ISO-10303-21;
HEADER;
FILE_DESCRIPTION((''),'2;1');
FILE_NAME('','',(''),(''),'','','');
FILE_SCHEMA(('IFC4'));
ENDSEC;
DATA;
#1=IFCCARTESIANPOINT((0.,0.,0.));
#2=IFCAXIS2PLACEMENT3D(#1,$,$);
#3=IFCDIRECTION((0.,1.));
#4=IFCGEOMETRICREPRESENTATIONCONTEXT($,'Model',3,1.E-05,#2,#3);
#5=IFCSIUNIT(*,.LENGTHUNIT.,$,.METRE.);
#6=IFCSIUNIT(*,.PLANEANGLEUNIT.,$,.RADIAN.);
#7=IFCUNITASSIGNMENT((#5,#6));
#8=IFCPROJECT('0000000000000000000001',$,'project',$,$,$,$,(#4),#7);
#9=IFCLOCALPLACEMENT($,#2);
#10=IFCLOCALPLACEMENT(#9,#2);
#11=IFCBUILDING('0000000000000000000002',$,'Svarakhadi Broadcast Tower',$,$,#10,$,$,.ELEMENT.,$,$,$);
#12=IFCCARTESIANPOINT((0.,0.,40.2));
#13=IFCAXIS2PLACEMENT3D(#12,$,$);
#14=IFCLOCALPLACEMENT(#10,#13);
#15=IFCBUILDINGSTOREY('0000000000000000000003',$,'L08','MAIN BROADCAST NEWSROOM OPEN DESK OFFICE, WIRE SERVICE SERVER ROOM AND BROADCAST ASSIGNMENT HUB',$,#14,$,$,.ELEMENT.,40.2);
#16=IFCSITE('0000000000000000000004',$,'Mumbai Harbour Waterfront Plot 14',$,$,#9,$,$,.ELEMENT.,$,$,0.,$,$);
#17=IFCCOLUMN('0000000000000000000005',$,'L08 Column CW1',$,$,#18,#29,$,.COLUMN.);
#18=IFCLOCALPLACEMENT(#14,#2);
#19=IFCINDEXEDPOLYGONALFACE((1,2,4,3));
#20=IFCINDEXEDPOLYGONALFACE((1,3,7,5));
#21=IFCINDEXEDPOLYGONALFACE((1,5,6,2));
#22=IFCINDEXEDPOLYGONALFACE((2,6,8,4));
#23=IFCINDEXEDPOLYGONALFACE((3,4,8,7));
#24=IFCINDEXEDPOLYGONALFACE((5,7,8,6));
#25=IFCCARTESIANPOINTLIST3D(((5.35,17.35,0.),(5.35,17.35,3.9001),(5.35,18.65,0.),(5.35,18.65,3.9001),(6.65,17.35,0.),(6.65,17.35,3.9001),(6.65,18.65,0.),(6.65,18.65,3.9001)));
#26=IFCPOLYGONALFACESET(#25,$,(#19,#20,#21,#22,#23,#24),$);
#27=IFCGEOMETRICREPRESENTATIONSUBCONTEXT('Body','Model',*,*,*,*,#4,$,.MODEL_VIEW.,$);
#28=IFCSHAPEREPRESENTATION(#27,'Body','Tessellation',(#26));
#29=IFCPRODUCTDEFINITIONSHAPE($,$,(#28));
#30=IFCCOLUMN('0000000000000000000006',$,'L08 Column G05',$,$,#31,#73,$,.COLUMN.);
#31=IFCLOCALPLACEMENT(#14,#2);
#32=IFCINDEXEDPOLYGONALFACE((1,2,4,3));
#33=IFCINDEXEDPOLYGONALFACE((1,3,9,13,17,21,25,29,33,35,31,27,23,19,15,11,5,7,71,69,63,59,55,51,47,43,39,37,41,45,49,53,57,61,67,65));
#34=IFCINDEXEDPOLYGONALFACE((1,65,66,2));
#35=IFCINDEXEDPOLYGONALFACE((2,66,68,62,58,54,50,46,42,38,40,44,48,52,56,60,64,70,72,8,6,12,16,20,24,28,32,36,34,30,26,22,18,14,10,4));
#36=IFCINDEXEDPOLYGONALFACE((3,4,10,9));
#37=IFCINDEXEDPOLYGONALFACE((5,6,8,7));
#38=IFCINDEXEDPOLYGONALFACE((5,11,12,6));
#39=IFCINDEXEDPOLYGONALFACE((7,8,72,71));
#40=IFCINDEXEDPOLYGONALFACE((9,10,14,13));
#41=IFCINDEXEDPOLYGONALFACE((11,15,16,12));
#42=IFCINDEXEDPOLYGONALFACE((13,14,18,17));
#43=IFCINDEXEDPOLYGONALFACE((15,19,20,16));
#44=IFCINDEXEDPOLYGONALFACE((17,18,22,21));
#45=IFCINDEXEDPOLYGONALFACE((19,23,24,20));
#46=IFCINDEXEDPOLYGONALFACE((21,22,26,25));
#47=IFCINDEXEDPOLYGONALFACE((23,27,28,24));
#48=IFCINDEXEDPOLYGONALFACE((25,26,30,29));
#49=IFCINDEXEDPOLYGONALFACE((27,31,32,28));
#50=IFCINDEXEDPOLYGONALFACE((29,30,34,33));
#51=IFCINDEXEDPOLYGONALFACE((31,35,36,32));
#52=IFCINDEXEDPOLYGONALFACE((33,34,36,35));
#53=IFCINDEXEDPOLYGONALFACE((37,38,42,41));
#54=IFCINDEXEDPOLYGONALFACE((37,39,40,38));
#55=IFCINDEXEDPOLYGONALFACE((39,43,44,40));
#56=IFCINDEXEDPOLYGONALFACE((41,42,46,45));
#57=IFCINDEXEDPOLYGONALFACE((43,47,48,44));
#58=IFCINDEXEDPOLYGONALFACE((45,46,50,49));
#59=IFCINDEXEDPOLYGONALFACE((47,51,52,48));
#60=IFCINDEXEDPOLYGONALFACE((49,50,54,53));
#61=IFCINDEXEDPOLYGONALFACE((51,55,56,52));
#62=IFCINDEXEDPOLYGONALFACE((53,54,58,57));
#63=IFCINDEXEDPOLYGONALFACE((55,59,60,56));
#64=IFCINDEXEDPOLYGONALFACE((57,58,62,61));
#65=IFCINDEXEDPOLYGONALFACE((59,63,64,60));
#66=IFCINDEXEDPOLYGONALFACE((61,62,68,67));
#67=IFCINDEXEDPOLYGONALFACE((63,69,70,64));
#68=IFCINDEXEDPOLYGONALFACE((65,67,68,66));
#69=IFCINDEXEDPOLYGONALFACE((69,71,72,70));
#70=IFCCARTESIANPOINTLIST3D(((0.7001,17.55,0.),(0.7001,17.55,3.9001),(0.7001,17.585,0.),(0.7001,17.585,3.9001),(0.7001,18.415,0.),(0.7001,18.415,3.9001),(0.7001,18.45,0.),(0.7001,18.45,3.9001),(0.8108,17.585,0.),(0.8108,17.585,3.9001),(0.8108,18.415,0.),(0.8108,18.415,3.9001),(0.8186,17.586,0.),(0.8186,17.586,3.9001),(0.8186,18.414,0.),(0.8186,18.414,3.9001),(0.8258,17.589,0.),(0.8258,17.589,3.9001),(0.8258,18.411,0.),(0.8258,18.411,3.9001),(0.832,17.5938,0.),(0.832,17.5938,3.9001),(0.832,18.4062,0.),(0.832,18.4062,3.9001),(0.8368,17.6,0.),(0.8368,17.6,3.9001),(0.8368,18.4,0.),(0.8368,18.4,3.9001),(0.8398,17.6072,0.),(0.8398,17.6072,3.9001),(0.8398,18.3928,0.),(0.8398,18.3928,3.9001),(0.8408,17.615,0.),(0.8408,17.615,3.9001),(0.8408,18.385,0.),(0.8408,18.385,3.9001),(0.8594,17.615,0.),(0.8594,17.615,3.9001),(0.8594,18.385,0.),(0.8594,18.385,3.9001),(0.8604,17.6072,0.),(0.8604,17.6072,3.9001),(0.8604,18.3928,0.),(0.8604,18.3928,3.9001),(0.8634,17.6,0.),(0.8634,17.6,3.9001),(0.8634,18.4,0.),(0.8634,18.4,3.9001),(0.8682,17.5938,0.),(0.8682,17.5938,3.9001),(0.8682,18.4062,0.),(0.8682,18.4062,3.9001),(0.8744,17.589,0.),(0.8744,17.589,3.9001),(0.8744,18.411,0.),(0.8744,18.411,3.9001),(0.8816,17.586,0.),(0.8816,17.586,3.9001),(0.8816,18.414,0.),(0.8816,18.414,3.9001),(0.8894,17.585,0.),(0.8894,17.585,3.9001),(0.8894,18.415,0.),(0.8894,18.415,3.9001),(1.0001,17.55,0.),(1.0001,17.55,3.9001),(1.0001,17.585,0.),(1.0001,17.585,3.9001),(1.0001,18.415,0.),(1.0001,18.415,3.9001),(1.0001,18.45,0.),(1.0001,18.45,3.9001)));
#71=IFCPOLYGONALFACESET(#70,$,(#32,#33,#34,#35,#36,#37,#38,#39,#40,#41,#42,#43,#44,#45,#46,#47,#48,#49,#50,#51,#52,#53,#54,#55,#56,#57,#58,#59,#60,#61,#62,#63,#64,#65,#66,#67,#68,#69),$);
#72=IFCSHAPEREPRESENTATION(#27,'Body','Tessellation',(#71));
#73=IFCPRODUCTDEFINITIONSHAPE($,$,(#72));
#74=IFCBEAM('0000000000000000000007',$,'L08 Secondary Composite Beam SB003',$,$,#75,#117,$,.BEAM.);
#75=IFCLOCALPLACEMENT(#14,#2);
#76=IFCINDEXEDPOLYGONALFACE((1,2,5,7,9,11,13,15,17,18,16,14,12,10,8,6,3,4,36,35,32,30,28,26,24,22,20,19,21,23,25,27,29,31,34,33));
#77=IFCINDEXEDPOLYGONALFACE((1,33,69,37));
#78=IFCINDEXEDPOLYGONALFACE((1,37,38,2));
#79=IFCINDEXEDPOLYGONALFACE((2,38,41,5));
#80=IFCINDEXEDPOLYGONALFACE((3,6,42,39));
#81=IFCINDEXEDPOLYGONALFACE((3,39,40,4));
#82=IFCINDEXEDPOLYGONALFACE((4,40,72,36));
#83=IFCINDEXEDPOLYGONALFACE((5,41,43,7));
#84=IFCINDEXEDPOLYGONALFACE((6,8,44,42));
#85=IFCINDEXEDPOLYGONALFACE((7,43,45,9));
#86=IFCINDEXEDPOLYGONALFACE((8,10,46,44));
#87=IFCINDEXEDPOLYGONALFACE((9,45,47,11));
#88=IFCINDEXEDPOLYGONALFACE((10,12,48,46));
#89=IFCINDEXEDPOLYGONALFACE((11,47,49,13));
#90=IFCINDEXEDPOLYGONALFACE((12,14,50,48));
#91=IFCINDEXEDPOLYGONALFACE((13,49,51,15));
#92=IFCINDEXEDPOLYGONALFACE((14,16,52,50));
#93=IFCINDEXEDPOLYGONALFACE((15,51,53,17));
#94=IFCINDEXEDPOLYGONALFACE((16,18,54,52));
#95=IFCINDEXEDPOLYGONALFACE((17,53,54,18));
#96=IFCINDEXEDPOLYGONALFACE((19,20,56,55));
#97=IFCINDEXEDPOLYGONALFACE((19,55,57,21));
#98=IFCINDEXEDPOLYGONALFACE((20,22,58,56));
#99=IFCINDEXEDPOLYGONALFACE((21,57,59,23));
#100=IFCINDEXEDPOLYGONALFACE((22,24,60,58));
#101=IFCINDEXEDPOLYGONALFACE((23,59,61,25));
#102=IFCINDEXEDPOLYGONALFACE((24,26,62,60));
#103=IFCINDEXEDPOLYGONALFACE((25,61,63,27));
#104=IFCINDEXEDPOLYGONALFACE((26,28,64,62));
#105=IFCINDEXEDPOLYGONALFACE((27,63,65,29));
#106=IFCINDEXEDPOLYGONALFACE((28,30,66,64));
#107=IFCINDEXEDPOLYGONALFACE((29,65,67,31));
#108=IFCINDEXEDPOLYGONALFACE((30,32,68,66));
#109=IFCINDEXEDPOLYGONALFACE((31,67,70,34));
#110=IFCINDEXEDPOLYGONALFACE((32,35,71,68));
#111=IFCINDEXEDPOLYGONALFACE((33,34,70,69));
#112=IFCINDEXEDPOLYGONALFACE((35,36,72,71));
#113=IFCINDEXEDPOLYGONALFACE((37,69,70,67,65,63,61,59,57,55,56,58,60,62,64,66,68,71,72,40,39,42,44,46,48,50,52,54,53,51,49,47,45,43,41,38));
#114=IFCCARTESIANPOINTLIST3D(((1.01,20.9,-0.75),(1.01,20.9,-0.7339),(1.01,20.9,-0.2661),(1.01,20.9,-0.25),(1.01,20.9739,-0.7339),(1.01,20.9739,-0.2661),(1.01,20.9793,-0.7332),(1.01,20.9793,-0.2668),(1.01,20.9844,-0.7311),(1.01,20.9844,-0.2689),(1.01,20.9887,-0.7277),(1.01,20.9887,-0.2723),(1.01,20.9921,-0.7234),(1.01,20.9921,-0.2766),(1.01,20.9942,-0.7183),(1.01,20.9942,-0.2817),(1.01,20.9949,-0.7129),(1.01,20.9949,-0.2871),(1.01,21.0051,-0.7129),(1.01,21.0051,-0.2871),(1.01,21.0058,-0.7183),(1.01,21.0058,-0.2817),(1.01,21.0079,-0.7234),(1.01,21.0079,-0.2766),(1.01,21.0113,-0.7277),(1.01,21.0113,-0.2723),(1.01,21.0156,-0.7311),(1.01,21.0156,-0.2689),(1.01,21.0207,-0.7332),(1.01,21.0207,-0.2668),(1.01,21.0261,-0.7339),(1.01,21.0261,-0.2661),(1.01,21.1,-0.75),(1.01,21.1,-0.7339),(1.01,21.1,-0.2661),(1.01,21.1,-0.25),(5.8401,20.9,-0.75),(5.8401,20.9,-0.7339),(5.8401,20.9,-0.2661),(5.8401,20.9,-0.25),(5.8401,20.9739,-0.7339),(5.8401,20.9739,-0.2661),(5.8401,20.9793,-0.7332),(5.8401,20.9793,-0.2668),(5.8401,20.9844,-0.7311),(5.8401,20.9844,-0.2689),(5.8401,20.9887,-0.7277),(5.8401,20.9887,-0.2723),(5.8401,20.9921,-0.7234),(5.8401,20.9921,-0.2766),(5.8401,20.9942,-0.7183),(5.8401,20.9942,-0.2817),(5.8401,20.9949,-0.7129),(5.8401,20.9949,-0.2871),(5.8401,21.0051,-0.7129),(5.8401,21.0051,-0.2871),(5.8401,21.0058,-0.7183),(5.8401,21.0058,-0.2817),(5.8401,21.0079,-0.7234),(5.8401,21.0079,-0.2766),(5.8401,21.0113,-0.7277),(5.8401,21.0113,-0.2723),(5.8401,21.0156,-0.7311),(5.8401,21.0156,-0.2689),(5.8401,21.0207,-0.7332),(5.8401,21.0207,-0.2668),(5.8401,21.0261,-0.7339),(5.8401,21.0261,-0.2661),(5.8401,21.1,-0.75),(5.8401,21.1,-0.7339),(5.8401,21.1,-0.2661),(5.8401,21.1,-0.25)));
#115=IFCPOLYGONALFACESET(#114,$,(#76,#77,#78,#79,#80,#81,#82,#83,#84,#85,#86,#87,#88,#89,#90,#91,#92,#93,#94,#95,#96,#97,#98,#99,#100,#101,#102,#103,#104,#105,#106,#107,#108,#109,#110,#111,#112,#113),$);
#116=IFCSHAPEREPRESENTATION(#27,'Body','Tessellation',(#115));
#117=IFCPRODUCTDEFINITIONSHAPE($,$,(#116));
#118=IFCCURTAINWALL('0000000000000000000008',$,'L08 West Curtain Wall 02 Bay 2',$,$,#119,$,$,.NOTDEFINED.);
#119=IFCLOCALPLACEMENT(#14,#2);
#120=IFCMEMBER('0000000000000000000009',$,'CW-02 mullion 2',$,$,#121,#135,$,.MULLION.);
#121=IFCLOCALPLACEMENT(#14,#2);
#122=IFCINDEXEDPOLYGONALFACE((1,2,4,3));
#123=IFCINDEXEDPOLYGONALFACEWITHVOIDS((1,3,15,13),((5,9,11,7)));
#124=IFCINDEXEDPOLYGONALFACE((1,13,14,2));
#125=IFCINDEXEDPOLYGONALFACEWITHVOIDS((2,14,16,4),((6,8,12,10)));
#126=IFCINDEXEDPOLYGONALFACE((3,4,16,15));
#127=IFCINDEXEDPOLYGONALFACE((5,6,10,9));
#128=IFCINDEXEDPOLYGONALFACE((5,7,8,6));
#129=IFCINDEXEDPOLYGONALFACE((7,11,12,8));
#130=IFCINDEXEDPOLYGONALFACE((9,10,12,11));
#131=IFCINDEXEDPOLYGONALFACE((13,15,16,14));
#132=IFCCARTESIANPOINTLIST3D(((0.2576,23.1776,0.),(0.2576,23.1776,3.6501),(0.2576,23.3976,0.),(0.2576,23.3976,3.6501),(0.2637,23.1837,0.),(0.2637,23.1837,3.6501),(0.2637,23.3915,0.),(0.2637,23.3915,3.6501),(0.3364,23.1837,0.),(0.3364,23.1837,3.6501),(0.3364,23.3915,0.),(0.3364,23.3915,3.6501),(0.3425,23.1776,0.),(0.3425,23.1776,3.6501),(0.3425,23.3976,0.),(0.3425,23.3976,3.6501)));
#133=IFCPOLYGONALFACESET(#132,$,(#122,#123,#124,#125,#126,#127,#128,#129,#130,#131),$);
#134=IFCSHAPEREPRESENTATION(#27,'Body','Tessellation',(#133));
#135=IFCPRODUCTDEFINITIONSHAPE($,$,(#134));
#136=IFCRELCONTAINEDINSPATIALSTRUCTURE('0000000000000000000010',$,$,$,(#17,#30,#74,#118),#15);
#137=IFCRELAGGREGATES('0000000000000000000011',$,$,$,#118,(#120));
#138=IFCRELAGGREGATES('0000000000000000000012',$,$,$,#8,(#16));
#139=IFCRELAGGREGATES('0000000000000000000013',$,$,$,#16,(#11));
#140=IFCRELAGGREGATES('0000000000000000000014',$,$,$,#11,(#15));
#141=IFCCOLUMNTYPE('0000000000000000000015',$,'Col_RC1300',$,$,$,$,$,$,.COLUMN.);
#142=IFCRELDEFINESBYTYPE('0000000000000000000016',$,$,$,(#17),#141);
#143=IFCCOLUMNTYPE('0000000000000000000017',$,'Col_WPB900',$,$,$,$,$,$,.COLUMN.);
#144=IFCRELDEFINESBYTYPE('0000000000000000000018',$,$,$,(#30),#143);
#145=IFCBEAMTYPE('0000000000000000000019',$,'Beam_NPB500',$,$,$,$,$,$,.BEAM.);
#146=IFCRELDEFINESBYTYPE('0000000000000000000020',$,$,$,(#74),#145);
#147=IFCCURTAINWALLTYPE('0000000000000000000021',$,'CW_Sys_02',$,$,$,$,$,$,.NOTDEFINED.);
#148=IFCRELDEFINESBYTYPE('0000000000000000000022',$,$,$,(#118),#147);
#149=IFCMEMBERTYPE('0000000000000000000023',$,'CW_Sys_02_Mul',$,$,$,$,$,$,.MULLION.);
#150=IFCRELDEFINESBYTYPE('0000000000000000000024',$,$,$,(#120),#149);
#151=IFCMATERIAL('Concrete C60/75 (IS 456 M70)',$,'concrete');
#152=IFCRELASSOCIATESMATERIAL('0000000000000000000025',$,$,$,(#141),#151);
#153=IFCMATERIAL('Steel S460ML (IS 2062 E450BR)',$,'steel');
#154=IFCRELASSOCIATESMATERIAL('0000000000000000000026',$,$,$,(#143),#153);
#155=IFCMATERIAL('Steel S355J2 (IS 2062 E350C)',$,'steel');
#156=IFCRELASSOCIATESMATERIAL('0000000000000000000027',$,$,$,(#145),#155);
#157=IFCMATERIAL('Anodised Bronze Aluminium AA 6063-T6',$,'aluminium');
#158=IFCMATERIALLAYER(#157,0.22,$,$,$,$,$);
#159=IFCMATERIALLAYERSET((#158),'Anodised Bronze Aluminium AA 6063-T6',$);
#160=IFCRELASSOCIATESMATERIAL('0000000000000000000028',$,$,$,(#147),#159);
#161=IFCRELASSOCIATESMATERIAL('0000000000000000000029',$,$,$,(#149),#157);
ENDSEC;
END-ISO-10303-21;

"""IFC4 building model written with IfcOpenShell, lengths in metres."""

from ifc_helpers import new_model, si_unit, direction, frame, origin, origin_2d, place, context, subcontext, project, spatial, rectangle, hollow_rectangle, i_section, extrude, material, layer, layer_set, material_profile, profile_set, type_object, element, aggregate, save


model = new_model("IFC4")

# Units and contexts
model_context = context("Model", 3, precision=1e-05, world=origin(), true_north=direction((0.0, 1.0)))
body_context = subcontext(model_context, "Body", "Model", "MODEL_VIEW")
ifc_project = project(units=[si_unit("LENGTHUNIT", "METRE"), si_unit("PLANEANGLEUNIT", "RADIAN")], contexts=[model_context])

# Site, building, storey
site_placement = place(None, origin())
site = spatial("IfcSite", under=ifc_project, at=site_placement, Name="Mumbai Harbour Waterfront Plot 14", CompositionType="ELEMENT", RefElevation=0.0)
building_placement = place(site_placement, origin())
building = spatial("IfcBuilding", under=site, at=building_placement, Name="Svarakhadi Broadcast Tower", CompositionType="ELEMENT")
storey_placement = place(building_placement, frame((0.0, 0.0, 40.2)))
storey = spatial("IfcBuildingStorey", under=building, at=storey_placement, Name="L08", Description="MAIN BROADCAST NEWSROOM OPEN DESK OFFICE, WIRE SERVICE SERVER ROOM AND BROADCAST ASSIGNMENT HUB", CompositionType="ELEMENT", Elevation=40.2)

# Columns
ifc_material_1 = material(Name="Concrete C60/75 (IS 456 M70)", Category="concrete")
ifc_material_profile_1 = material_profile(ifc_material_1, rectangle(XDim=1.3, YDim=1.3, at=origin_2d()), Name="RC 1300x1300")
ifc_profile_set_1 = profile_set([ifc_material_profile_1], Name="Concrete C60/75 (IS 456 M70)")
column_type_1 = type_object("IfcColumnType", Name="Col_RC1300", PredefinedType="COLUMN", material=ifc_profile_set_1)
column_1_placement = place(storey_placement, frame((6.0, 18.0, 0.0), z_axis=(0.0, 0.0, 1.0), x_axis=(1.0, 0.0, 0.0)))
element("IfcColumn", 1, at=column_1_placement, inside=storey, type_object=column_type_1, Name="L08 Column CW1", PredefinedType="COLUMN", context=body_context, shape_type="SweptSolid", body=[
    extrude(rectangle(XDim=1.3, YDim=1.3, at=origin_2d()), origin(), (0.0, 0.0, 1.0), 3.9001),
])
ifc_material_2 = material(Name="Steel S460ML (IS 2062 E450BR)", Category="steel")
ifc_material_profile_2 = material_profile(ifc_material_2, i_section(OverallWidth=0.3, OverallDepth=0.8999, WebThickness=0.0186, FlangeThickness=0.0349, FilletRadius=0.03, at=origin_2d()), Name="WPB 900x300x291")
ifc_profile_set_2 = profile_set([ifc_material_profile_2], Name="Steel S460ML (IS 2062 E450BR)")
column_type_2 = type_object("IfcColumnType", Name="Col_WPB900", PredefinedType="COLUMN", material=ifc_profile_set_2)
column_2_placement = place(storey_placement, frame((0.8501, 18.0, 0.0), z_axis=(0.0, 0.0, 1.0), x_axis=(1.0, 0.0, 0.0)))
element("IfcColumn", 2, at=column_2_placement, inside=storey, type_object=column_type_2, Name="L08 Column G05", PredefinedType="COLUMN", context=body_context, shape_type="SweptSolid", body=[
    extrude(i_section(OverallWidth=0.3, OverallDepth=0.8999, WebThickness=0.0186, FlangeThickness=0.0349, FilletRadius=0.03, at=origin_2d()), origin(), (0.0, 0.0, 1.0), 3.9001),
])

# Beam
ifc_material_3 = material(Name="Steel S355J2 (IS 2062 E350C)", Category="steel")
ifc_material_profile_3 = material_profile(ifc_material_3, i_section(OverallWidth=0.2, OverallDepth=0.5, WebThickness=0.0103, FlangeThickness=0.0161, FilletRadius=0.021, at=origin_2d()), Name="NPB 500x200x91")
ifc_profile_set_3 = profile_set([ifc_material_profile_3], Name="Steel S355J2 (IS 2062 E350C)")
beam_type_1 = type_object("IfcBeamType", Name="Beam_NPB500", PredefinedType="BEAM", material=ifc_profile_set_3)
beam_1_placement = place(storey_placement, frame((1.01, 21.0, -0.5), z_axis=(1.0, 0.0, 0.0), x_axis=(0.0, 1.0, 0.0)))
element("IfcBeam", 3, at=beam_1_placement, inside=storey, type_object=beam_type_1, Name="L08 Secondary Composite Beam SB003", PredefinedType="BEAM", context=body_context, shape_type="SweptSolid", body=[
    extrude(i_section(OverallWidth=0.2, OverallDepth=0.5, WebThickness=0.0103, FlangeThickness=0.0161, FilletRadius=0.021, at=origin_2d()), origin(), (0.0, 0.0, 1.0), 4.8301),
])

# Curtain wall, member
ifc_material_4 = material(Name="Anodised Bronze Aluminium AA 6063-T6", Category="aluminium")
ifc_layer_1 = layer(ifc_material_4, 0.22)
ifc_layer_set_1 = layer_set([ifc_layer_1], Name="Anodised Bronze Aluminium AA 6063-T6")
curtain_wall_type = type_object("IfcCurtainWallType", Name="CW_Sys_02", PredefinedType="NOTDEFINED", material=ifc_layer_set_1)
curtain_wall_placement = place(storey_placement, origin())
curtain_wall = element("IfcCurtainWall", 4, at=curtain_wall_placement, inside=storey, type_object=curtain_wall_type, Name="L08 West Curtain Wall 02 Bay 2", PredefinedType="NOTDEFINED")
ifc_material_profile_4 = material_profile(ifc_material_4, hollow_rectangle(XDim=0.085, YDim=0.22, WallThickness=0.0061, at=origin_2d()), Name="ALU MULLION 220x85x6")
ifc_profile_set_4 = profile_set([ifc_material_profile_4], Name="Anodised Bronze Aluminium AA 6063-T6")
member_type_1 = type_object("IfcMemberType", Name="CW_Sys_02_Mul", PredefinedType="MULLION", material=ifc_profile_set_4)
member_1_placement = place(storey_placement, frame((0.3, 23.2876, 0.0), z_axis=(0.0, 0.0, 1.0), x_axis=(-1.0, 0.0, 0.0)))
member_1 = element("IfcMember", 5, at=member_1_placement, type_object=member_type_1, Name="CW-02 mullion 2", PredefinedType="MULLION", context=body_context, shape_type="SweptSolid", body=[
    extrude(hollow_rectangle(XDim=0.085, YDim=0.22, WallThickness=0.0061, at=origin_2d()), origin(), (0.0, 0.0, 1.0), 3.6501),
])

aggregate(curtain_wall, [member_1])

save(model, "model.ifc")
